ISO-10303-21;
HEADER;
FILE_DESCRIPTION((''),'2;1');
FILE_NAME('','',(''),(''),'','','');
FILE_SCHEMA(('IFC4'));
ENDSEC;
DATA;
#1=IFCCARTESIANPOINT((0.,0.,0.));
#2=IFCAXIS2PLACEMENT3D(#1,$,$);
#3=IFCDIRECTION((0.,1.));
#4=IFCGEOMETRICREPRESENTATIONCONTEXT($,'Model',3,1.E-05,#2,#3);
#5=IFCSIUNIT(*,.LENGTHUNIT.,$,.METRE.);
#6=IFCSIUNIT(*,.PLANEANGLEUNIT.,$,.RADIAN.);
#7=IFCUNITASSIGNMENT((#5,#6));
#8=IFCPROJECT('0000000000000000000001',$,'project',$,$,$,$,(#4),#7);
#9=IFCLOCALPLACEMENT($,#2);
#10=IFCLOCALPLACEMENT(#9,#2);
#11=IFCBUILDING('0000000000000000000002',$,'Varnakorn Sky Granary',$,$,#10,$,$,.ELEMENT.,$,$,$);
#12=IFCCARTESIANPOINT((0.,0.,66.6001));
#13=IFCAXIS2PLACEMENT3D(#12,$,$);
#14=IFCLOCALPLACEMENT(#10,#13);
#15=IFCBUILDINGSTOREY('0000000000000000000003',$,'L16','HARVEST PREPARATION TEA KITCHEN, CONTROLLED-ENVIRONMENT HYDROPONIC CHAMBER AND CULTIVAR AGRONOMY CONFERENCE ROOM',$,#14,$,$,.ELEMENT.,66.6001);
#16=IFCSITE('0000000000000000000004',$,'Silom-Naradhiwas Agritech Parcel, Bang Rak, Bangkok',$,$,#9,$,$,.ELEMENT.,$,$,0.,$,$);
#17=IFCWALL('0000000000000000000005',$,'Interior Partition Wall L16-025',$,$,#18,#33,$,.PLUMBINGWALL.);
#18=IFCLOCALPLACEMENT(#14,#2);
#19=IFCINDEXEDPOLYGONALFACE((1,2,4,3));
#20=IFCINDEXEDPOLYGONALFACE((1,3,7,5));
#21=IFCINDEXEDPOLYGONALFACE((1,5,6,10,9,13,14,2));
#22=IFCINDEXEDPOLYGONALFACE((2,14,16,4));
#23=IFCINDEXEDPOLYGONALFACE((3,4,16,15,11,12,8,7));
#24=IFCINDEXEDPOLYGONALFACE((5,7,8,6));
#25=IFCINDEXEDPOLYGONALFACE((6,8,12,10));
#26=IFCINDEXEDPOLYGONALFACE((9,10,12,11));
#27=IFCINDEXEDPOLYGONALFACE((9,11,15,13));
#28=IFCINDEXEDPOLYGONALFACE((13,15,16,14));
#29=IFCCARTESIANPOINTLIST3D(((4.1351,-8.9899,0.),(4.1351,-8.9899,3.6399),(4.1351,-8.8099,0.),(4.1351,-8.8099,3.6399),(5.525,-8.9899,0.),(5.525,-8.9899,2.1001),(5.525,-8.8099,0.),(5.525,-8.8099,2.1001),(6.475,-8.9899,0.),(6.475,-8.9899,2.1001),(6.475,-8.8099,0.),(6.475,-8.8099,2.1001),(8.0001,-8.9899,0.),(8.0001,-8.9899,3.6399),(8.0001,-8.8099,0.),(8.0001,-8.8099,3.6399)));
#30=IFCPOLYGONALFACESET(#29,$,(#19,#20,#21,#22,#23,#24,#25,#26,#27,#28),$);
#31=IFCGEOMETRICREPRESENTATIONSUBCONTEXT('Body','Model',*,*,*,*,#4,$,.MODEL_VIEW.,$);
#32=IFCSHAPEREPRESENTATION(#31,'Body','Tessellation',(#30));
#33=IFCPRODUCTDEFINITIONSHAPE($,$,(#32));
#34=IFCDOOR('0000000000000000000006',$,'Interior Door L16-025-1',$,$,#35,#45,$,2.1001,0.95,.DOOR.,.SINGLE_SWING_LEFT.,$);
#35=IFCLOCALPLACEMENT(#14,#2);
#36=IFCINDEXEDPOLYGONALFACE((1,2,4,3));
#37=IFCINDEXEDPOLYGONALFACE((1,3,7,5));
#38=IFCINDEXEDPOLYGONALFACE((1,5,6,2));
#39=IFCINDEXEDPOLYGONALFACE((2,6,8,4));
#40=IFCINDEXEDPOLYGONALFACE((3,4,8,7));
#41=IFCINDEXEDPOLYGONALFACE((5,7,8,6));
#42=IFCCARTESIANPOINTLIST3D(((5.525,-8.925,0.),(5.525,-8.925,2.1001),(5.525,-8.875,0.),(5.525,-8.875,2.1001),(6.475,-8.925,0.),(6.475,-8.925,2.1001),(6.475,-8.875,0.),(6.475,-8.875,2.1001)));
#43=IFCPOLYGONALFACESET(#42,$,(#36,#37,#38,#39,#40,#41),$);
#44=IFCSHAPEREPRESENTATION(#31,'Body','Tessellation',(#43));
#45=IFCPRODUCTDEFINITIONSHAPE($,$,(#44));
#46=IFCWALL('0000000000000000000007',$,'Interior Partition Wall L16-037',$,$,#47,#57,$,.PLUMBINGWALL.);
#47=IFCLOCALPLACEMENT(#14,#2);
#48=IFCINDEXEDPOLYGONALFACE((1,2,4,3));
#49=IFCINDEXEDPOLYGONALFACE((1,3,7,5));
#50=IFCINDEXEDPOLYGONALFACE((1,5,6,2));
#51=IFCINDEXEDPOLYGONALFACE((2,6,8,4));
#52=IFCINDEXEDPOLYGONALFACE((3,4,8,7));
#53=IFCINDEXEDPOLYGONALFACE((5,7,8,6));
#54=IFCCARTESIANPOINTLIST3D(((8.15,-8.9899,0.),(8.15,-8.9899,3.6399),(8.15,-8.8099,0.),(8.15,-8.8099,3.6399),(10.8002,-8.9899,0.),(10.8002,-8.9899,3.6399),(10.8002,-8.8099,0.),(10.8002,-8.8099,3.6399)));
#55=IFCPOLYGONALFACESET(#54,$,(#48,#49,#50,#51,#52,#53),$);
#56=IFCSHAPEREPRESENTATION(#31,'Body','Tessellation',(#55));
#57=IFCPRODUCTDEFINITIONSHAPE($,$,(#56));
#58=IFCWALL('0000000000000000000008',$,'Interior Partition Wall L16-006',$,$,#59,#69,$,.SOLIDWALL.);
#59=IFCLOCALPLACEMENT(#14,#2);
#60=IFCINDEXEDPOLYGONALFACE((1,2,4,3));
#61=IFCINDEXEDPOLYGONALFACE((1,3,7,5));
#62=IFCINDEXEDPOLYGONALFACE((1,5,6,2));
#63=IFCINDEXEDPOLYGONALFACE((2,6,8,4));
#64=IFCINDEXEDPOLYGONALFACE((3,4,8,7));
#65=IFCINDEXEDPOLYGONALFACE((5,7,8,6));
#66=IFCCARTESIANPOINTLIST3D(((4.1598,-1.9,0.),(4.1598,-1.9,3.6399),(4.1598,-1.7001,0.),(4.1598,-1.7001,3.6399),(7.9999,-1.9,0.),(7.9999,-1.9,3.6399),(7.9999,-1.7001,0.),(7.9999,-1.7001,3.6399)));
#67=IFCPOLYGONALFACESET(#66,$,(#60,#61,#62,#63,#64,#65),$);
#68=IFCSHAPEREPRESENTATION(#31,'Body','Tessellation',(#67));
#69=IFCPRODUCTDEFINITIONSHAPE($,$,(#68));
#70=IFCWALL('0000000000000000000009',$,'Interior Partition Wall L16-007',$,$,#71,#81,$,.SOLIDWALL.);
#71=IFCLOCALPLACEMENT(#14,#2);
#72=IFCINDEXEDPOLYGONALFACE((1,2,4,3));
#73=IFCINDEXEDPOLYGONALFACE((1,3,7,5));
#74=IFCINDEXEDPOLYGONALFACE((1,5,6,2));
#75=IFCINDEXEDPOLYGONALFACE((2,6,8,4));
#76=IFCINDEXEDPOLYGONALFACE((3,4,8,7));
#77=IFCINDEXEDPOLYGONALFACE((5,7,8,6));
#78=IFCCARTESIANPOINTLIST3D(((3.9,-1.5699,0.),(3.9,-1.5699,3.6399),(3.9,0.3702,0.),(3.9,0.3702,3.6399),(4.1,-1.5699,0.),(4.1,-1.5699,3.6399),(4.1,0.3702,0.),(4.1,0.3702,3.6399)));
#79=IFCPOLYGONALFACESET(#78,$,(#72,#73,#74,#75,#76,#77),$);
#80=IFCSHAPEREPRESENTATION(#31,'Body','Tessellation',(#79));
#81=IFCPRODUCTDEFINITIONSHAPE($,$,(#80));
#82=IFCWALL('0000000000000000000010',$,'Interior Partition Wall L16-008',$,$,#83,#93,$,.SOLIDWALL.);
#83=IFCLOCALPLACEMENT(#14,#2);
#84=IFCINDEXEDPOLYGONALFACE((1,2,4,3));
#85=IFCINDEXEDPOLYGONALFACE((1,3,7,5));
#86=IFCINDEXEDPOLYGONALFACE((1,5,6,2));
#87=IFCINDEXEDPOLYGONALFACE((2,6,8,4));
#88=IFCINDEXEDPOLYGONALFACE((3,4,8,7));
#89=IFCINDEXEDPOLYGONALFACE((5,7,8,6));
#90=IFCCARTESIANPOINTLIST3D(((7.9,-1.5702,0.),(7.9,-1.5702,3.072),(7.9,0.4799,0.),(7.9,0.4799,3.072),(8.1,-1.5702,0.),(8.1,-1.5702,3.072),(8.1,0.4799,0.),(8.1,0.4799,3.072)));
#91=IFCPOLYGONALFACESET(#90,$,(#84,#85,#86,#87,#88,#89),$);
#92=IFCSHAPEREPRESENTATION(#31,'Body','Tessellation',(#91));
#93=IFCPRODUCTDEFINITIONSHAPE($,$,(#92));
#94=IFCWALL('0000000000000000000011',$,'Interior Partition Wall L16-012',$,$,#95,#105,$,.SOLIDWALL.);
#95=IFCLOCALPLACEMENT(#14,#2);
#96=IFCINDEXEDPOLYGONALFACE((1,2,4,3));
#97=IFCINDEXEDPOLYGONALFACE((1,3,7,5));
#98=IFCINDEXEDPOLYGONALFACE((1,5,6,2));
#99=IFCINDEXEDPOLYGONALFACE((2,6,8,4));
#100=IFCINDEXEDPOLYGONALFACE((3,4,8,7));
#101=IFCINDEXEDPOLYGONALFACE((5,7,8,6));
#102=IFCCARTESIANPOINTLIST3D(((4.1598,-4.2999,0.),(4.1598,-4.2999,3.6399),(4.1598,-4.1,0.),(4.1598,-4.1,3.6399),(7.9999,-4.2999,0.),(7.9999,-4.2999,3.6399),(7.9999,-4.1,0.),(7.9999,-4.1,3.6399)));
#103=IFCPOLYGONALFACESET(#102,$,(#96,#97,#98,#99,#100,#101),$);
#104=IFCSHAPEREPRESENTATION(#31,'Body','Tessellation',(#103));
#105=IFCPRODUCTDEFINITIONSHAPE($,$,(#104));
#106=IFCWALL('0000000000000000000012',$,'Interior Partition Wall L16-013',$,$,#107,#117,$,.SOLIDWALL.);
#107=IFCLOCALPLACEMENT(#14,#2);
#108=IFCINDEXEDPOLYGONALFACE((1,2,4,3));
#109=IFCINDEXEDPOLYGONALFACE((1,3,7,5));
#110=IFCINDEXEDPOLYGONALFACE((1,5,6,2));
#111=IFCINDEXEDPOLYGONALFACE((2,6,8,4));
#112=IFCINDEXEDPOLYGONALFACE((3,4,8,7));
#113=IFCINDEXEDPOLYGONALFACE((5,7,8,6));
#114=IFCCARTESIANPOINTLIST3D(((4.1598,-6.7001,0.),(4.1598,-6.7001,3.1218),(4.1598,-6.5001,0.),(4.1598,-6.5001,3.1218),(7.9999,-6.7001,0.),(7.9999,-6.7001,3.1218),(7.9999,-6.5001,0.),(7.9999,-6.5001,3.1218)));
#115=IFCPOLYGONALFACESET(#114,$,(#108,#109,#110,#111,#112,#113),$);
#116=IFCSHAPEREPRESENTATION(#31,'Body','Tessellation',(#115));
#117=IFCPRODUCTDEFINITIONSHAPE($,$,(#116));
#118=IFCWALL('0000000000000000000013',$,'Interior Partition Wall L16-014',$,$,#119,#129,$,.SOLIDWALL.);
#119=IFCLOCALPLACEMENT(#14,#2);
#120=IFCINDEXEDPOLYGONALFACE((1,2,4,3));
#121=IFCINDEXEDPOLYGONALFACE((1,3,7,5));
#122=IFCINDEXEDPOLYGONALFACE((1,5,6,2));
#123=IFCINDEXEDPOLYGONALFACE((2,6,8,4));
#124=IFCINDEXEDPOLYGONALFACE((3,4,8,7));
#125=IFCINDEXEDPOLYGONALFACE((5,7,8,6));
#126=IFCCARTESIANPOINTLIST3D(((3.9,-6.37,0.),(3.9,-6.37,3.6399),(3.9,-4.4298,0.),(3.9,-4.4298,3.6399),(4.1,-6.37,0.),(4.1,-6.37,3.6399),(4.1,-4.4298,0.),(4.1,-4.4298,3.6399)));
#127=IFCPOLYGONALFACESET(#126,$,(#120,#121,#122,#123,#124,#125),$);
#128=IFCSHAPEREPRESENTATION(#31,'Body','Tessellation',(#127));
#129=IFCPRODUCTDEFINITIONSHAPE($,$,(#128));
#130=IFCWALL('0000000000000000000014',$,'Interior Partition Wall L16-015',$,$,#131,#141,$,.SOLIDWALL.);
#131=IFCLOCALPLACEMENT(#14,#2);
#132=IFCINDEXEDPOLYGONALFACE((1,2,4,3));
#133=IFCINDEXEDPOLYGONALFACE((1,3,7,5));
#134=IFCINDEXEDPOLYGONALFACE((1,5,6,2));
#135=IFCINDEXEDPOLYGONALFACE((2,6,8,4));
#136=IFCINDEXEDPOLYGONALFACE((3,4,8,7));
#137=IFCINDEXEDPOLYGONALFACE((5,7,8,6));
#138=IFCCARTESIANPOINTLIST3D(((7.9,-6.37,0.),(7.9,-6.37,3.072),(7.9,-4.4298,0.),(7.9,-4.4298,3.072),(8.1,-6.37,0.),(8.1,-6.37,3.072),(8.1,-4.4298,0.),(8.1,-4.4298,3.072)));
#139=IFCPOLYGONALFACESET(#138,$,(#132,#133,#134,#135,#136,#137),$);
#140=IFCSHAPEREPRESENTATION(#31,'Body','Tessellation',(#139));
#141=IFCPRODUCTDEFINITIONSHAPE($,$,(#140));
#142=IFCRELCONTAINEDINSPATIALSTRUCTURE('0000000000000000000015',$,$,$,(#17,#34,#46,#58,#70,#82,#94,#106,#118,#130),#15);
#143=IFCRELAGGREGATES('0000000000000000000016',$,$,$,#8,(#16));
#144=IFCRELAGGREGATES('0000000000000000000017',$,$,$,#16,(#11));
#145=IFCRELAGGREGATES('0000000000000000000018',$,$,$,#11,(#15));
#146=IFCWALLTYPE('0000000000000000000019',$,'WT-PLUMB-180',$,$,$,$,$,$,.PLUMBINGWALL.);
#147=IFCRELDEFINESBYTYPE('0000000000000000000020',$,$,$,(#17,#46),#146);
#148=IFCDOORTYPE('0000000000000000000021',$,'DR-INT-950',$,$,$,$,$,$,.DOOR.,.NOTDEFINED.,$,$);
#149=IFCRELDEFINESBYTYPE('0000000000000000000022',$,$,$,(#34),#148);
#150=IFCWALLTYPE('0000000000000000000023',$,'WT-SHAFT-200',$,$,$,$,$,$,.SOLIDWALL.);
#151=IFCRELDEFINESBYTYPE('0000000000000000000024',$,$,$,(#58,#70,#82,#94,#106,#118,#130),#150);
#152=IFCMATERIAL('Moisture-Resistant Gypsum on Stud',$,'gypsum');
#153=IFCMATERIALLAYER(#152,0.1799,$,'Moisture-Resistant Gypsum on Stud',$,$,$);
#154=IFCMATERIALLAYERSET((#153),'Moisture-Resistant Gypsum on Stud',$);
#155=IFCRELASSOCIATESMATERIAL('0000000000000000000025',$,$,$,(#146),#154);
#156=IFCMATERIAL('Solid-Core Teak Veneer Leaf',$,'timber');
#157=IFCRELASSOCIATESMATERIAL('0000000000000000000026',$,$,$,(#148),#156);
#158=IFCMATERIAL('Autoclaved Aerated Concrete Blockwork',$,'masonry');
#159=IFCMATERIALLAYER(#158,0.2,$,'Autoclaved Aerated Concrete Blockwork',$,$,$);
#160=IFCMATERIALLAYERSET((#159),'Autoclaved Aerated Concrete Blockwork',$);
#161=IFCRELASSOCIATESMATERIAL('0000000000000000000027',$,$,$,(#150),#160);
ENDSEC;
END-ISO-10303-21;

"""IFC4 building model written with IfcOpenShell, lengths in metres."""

from ifc_helpers import new_model, si_unit, direction, frame, frame_2d, origin, place, context, subcontext, project, spatial, rectangle, extrude, material, layer, layer_set, type_object, element, fill, save


model = new_model("IFC4")

# Units and contexts
model_context = context("Model", 3, precision=1e-05, world=origin(), true_north=direction((0.0, 1.0)))
body_context = subcontext(model_context, "Body", "Model", "MODEL_VIEW")
ifc_project = project(units=[si_unit("LENGTHUNIT", "METRE"), si_unit("PLANEANGLEUNIT", "RADIAN")], contexts=[model_context])

# Site, building, storey
site_placement = place(None, origin())
site = spatial("IfcSite", under=ifc_project, at=site_placement, Name="Silom-Naradhiwas Agritech Parcel, Bang Rak, Bangkok", CompositionType="ELEMENT", RefElevation=0.0)
building_placement = place(site_placement, origin())
building = spatial("IfcBuilding", under=site, at=building_placement, Name="Varnakorn Sky Granary", CompositionType="ELEMENT")
storey_placement = place(building_placement, frame((0.0, 0.0, 66.6001)))
storey = spatial("IfcBuildingStorey", under=building, at=storey_placement, Name="L16", Description="HARVEST PREPARATION TEA KITCHEN, CONTROLLED-ENVIRONMENT HYDROPONIC CHAMBER AND CULTIVAR AGRONOMY CONFERENCE ROOM", CompositionType="ELEMENT", Elevation=66.6001)

# Shared definitions
ifc_material_1 = material(Name="Autoclaved Aerated Concrete Blockwork", Category="masonry")

# Wall, opening, door
ifc_material_2 = material(Name="Moisture-Resistant Gypsum on Stud", Category="gypsum")
ifc_layer_1 = layer(ifc_material_2, 0.1799, Name="Moisture-Resistant Gypsum on Stud")
ifc_layer_set_1 = layer_set([ifc_layer_1], Name="Moisture-Resistant Gypsum on Stud")
wall_type_1 = type_object("IfcWallType", Name="WT-PLUMB-180", PredefinedType="PLUMBINGWALL", material=ifc_layer_set_1)
wall_1_placement = place(storey_placement, frame((4.135, -8.8999, 0.0), z_axis=(0.0, 0.0, 1.0), x_axis=(1.0, 0.0, 0.0)))
wall_1 = element("IfcWall", 1, at=wall_1_placement, inside=storey, type_object=wall_type_1, Name="Interior Partition Wall L16-025", PredefinedType="PLUMBINGWALL", context=body_context, shape_type="SweptSolid", body=[
    extrude(rectangle(XDim=3.865, YDim=0.1799, at=frame_2d((1.9326, 0.0))), origin(), (0.0, 0.0, 1.0), 3.6399),
])
opening_1_placement = place(wall_1_placement, frame((1.3899, 0.0, 0.0)))
opening_1 = element("IfcOpeningElement", 2, at=opening_1_placement, cuts=wall_1, PredefinedType="OPENING", context=body_context, shape_type="SweptSolid", body=[
    extrude(rectangle(XDim=0.95, YDim=2.1001, at=frame_2d((0.4751, 1.05))), frame((0.0, 0.1001, 0.0), z_axis=(0.0, -1.0, 0.0), x_axis=(1.0, 0.0, 0.0)), (0.0, 0.0, 1.0), 0.2),
])
ifc_material_3 = material(Name="Solid-Core Teak Veneer Leaf", Category="timber")
door_type_1 = type_object("IfcDoorType", Name="DR-INT-950", OperationType="NOTDEFINED", PredefinedType="DOOR", material=ifc_material_3)
door_1_placement = place(opening_1_placement, origin())
door_1 = element("IfcDoor", 3, at=door_1_placement, inside=storey, type_object=door_type_1, Name="Interior Door L16-025-1", OperationType="SINGLE_SWING_LEFT", OverallHeight=2.1001, OverallWidth=0.95, PredefinedType="DOOR", context=body_context, shape_type="SweptSolid", body=[
    extrude(rectangle(XDim=0.95, YDim=2.1001, at=frame_2d((0.4751, 1.05))), frame((0.0, 0.0249, 0.0), z_axis=(0.0, -1.0, 0.0), x_axis=(1.0, 0.0, 0.0)), (0.0, 0.0, 1.0), 0.05),
])
fill(opening_1, door_1)

# Walls
wall_2_placement = place(storey_placement, frame((8.1499, -8.8999, 0.0), z_axis=(0.0, 0.0, 1.0), x_axis=(1.0, 0.0, 0.0)))
element("IfcWall", 4, at=wall_2_placement, inside=storey, type_object=wall_type_1, Name="Interior Partition Wall L16-037", PredefinedType="PLUMBINGWALL", context=body_context, shape_type="SweptSolid", body=[
    extrude(rectangle(XDim=2.6501, YDim=0.1799, at=frame_2d((1.3252, 0.0))), origin(), (0.0, 0.0, 1.0), 3.6399),
])
ifc_layer_2 = layer(ifc_material_1, 0.2, Name="Autoclaved Aerated Concrete Blockwork")
ifc_layer_set_2 = layer_set([ifc_layer_2], Name="Autoclaved Aerated Concrete Blockwork")
wall_type_2 = type_object("IfcWallType", Name="WT-SHAFT-200", PredefinedType="SOLIDWALL", material=ifc_layer_set_2)
wall_3_placement = place(storey_placement, frame((4.1599, -1.8, 0.0), z_axis=(0.0, 0.0, 1.0), x_axis=(1.0, 0.0, 0.0)))
element("IfcWall", 5, at=wall_3_placement, inside=storey, type_object=wall_type_2, Name="Interior Partition Wall L16-006", PredefinedType="SOLIDWALL", context=body_context, shape_type="SweptSolid", body=[
    extrude(rectangle(XDim=3.8401, YDim=0.2, at=frame_2d((1.9199, 0.0))), origin(), (0.0, 0.0, 1.0), 3.6399),
])
wall_4_placement = place(storey_placement, frame((4.0, -1.5701, 0.0), z_axis=(0.0, 0.0, 1.0), x_axis=(0.0, 1.0, 0.0)))
element("IfcWall", 6, at=wall_4_placement, inside=storey, type_object=wall_type_2, Name="Interior Partition Wall L16-007", PredefinedType="SOLIDWALL", context=body_context, shape_type="SweptSolid", body=[
    extrude(rectangle(XDim=1.9402, YDim=0.2, at=frame_2d((0.9702, 0.0))), origin(), (0.0, 0.0, 1.0), 3.6399),
])
wall_5_placement = place(storey_placement, frame((8.0, -1.5701, 0.0), z_axis=(0.0, 0.0, 1.0), x_axis=(0.0, 1.0, 0.0)))
element("IfcWall", 7, at=wall_5_placement, inside=storey, type_object=wall_type_2, Name="Interior Partition Wall L16-008", PredefinedType="SOLIDWALL", context=body_context, shape_type="SweptSolid", body=[
    extrude(rectangle(XDim=2.05, YDim=0.2, at=frame_2d((1.0249, 0.0))), origin(), (0.0, 0.0, 1.0), 3.072),
])
wall_6_placement = place(storey_placement, frame((4.1599, -4.2, 0.0), z_axis=(0.0, 0.0, 1.0), x_axis=(1.0, 0.0, 0.0)))
element("IfcWall", 8, at=wall_6_placement, inside=storey, type_object=wall_type_2, Name="Interior Partition Wall L16-012", PredefinedType="SOLIDWALL", context=body_context, shape_type="SweptSolid", body=[
    extrude(rectangle(XDim=3.8401, YDim=0.2, at=frame_2d((1.9199, 0.0))), origin(), (0.0, 0.0, 1.0), 3.6399),
])
wall_7_placement = place(storey_placement, frame((4.1599, -6.6001, 0.0), z_axis=(0.0, 0.0, 1.0), x_axis=(1.0, 0.0, 0.0)))
element("IfcWall", 9, at=wall_7_placement, inside=storey, type_object=wall_type_2, Name="Interior Partition Wall L16-013", PredefinedType="SOLIDWALL", context=body_context, shape_type="SweptSolid", body=[
    extrude(rectangle(XDim=3.8401, YDim=0.2, at=frame_2d((1.9199, 0.0))), origin(), (0.0, 0.0, 1.0), 3.1218),
])
wall_8_placement = place(storey_placement, frame((4.0, -6.3701, 0.0), z_axis=(0.0, 0.0, 1.0), x_axis=(0.0, 1.0, 0.0)))
element("IfcWall", 10, at=wall_8_placement, inside=storey, type_object=wall_type_2, Name="Interior Partition Wall L16-014", PredefinedType="SOLIDWALL", context=body_context, shape_type="SweptSolid", body=[
    extrude(rectangle(XDim=1.9402, YDim=0.2, at=frame_2d((0.9702, 0.0))), origin(), (0.0, 0.0, 1.0), 3.6399),
])
wall_9_placement = place(storey_placement, frame((8.0, -6.3701, 0.0), z_axis=(0.0, 0.0, 1.0), x_axis=(0.0, 1.0, 0.0)))
element("IfcWall", 11, at=wall_9_placement, inside=storey, type_object=wall_type_2, Name="Interior Partition Wall L16-015", PredefinedType="SOLIDWALL", context=body_context, shape_type="SweptSolid", body=[
    extrude(rectangle(XDim=1.9402, YDim=0.2, at=frame_2d((0.9702, 0.0))), origin(), (0.0, 0.0, 1.0), 3.072),
])

save(model, "model.ifc")
